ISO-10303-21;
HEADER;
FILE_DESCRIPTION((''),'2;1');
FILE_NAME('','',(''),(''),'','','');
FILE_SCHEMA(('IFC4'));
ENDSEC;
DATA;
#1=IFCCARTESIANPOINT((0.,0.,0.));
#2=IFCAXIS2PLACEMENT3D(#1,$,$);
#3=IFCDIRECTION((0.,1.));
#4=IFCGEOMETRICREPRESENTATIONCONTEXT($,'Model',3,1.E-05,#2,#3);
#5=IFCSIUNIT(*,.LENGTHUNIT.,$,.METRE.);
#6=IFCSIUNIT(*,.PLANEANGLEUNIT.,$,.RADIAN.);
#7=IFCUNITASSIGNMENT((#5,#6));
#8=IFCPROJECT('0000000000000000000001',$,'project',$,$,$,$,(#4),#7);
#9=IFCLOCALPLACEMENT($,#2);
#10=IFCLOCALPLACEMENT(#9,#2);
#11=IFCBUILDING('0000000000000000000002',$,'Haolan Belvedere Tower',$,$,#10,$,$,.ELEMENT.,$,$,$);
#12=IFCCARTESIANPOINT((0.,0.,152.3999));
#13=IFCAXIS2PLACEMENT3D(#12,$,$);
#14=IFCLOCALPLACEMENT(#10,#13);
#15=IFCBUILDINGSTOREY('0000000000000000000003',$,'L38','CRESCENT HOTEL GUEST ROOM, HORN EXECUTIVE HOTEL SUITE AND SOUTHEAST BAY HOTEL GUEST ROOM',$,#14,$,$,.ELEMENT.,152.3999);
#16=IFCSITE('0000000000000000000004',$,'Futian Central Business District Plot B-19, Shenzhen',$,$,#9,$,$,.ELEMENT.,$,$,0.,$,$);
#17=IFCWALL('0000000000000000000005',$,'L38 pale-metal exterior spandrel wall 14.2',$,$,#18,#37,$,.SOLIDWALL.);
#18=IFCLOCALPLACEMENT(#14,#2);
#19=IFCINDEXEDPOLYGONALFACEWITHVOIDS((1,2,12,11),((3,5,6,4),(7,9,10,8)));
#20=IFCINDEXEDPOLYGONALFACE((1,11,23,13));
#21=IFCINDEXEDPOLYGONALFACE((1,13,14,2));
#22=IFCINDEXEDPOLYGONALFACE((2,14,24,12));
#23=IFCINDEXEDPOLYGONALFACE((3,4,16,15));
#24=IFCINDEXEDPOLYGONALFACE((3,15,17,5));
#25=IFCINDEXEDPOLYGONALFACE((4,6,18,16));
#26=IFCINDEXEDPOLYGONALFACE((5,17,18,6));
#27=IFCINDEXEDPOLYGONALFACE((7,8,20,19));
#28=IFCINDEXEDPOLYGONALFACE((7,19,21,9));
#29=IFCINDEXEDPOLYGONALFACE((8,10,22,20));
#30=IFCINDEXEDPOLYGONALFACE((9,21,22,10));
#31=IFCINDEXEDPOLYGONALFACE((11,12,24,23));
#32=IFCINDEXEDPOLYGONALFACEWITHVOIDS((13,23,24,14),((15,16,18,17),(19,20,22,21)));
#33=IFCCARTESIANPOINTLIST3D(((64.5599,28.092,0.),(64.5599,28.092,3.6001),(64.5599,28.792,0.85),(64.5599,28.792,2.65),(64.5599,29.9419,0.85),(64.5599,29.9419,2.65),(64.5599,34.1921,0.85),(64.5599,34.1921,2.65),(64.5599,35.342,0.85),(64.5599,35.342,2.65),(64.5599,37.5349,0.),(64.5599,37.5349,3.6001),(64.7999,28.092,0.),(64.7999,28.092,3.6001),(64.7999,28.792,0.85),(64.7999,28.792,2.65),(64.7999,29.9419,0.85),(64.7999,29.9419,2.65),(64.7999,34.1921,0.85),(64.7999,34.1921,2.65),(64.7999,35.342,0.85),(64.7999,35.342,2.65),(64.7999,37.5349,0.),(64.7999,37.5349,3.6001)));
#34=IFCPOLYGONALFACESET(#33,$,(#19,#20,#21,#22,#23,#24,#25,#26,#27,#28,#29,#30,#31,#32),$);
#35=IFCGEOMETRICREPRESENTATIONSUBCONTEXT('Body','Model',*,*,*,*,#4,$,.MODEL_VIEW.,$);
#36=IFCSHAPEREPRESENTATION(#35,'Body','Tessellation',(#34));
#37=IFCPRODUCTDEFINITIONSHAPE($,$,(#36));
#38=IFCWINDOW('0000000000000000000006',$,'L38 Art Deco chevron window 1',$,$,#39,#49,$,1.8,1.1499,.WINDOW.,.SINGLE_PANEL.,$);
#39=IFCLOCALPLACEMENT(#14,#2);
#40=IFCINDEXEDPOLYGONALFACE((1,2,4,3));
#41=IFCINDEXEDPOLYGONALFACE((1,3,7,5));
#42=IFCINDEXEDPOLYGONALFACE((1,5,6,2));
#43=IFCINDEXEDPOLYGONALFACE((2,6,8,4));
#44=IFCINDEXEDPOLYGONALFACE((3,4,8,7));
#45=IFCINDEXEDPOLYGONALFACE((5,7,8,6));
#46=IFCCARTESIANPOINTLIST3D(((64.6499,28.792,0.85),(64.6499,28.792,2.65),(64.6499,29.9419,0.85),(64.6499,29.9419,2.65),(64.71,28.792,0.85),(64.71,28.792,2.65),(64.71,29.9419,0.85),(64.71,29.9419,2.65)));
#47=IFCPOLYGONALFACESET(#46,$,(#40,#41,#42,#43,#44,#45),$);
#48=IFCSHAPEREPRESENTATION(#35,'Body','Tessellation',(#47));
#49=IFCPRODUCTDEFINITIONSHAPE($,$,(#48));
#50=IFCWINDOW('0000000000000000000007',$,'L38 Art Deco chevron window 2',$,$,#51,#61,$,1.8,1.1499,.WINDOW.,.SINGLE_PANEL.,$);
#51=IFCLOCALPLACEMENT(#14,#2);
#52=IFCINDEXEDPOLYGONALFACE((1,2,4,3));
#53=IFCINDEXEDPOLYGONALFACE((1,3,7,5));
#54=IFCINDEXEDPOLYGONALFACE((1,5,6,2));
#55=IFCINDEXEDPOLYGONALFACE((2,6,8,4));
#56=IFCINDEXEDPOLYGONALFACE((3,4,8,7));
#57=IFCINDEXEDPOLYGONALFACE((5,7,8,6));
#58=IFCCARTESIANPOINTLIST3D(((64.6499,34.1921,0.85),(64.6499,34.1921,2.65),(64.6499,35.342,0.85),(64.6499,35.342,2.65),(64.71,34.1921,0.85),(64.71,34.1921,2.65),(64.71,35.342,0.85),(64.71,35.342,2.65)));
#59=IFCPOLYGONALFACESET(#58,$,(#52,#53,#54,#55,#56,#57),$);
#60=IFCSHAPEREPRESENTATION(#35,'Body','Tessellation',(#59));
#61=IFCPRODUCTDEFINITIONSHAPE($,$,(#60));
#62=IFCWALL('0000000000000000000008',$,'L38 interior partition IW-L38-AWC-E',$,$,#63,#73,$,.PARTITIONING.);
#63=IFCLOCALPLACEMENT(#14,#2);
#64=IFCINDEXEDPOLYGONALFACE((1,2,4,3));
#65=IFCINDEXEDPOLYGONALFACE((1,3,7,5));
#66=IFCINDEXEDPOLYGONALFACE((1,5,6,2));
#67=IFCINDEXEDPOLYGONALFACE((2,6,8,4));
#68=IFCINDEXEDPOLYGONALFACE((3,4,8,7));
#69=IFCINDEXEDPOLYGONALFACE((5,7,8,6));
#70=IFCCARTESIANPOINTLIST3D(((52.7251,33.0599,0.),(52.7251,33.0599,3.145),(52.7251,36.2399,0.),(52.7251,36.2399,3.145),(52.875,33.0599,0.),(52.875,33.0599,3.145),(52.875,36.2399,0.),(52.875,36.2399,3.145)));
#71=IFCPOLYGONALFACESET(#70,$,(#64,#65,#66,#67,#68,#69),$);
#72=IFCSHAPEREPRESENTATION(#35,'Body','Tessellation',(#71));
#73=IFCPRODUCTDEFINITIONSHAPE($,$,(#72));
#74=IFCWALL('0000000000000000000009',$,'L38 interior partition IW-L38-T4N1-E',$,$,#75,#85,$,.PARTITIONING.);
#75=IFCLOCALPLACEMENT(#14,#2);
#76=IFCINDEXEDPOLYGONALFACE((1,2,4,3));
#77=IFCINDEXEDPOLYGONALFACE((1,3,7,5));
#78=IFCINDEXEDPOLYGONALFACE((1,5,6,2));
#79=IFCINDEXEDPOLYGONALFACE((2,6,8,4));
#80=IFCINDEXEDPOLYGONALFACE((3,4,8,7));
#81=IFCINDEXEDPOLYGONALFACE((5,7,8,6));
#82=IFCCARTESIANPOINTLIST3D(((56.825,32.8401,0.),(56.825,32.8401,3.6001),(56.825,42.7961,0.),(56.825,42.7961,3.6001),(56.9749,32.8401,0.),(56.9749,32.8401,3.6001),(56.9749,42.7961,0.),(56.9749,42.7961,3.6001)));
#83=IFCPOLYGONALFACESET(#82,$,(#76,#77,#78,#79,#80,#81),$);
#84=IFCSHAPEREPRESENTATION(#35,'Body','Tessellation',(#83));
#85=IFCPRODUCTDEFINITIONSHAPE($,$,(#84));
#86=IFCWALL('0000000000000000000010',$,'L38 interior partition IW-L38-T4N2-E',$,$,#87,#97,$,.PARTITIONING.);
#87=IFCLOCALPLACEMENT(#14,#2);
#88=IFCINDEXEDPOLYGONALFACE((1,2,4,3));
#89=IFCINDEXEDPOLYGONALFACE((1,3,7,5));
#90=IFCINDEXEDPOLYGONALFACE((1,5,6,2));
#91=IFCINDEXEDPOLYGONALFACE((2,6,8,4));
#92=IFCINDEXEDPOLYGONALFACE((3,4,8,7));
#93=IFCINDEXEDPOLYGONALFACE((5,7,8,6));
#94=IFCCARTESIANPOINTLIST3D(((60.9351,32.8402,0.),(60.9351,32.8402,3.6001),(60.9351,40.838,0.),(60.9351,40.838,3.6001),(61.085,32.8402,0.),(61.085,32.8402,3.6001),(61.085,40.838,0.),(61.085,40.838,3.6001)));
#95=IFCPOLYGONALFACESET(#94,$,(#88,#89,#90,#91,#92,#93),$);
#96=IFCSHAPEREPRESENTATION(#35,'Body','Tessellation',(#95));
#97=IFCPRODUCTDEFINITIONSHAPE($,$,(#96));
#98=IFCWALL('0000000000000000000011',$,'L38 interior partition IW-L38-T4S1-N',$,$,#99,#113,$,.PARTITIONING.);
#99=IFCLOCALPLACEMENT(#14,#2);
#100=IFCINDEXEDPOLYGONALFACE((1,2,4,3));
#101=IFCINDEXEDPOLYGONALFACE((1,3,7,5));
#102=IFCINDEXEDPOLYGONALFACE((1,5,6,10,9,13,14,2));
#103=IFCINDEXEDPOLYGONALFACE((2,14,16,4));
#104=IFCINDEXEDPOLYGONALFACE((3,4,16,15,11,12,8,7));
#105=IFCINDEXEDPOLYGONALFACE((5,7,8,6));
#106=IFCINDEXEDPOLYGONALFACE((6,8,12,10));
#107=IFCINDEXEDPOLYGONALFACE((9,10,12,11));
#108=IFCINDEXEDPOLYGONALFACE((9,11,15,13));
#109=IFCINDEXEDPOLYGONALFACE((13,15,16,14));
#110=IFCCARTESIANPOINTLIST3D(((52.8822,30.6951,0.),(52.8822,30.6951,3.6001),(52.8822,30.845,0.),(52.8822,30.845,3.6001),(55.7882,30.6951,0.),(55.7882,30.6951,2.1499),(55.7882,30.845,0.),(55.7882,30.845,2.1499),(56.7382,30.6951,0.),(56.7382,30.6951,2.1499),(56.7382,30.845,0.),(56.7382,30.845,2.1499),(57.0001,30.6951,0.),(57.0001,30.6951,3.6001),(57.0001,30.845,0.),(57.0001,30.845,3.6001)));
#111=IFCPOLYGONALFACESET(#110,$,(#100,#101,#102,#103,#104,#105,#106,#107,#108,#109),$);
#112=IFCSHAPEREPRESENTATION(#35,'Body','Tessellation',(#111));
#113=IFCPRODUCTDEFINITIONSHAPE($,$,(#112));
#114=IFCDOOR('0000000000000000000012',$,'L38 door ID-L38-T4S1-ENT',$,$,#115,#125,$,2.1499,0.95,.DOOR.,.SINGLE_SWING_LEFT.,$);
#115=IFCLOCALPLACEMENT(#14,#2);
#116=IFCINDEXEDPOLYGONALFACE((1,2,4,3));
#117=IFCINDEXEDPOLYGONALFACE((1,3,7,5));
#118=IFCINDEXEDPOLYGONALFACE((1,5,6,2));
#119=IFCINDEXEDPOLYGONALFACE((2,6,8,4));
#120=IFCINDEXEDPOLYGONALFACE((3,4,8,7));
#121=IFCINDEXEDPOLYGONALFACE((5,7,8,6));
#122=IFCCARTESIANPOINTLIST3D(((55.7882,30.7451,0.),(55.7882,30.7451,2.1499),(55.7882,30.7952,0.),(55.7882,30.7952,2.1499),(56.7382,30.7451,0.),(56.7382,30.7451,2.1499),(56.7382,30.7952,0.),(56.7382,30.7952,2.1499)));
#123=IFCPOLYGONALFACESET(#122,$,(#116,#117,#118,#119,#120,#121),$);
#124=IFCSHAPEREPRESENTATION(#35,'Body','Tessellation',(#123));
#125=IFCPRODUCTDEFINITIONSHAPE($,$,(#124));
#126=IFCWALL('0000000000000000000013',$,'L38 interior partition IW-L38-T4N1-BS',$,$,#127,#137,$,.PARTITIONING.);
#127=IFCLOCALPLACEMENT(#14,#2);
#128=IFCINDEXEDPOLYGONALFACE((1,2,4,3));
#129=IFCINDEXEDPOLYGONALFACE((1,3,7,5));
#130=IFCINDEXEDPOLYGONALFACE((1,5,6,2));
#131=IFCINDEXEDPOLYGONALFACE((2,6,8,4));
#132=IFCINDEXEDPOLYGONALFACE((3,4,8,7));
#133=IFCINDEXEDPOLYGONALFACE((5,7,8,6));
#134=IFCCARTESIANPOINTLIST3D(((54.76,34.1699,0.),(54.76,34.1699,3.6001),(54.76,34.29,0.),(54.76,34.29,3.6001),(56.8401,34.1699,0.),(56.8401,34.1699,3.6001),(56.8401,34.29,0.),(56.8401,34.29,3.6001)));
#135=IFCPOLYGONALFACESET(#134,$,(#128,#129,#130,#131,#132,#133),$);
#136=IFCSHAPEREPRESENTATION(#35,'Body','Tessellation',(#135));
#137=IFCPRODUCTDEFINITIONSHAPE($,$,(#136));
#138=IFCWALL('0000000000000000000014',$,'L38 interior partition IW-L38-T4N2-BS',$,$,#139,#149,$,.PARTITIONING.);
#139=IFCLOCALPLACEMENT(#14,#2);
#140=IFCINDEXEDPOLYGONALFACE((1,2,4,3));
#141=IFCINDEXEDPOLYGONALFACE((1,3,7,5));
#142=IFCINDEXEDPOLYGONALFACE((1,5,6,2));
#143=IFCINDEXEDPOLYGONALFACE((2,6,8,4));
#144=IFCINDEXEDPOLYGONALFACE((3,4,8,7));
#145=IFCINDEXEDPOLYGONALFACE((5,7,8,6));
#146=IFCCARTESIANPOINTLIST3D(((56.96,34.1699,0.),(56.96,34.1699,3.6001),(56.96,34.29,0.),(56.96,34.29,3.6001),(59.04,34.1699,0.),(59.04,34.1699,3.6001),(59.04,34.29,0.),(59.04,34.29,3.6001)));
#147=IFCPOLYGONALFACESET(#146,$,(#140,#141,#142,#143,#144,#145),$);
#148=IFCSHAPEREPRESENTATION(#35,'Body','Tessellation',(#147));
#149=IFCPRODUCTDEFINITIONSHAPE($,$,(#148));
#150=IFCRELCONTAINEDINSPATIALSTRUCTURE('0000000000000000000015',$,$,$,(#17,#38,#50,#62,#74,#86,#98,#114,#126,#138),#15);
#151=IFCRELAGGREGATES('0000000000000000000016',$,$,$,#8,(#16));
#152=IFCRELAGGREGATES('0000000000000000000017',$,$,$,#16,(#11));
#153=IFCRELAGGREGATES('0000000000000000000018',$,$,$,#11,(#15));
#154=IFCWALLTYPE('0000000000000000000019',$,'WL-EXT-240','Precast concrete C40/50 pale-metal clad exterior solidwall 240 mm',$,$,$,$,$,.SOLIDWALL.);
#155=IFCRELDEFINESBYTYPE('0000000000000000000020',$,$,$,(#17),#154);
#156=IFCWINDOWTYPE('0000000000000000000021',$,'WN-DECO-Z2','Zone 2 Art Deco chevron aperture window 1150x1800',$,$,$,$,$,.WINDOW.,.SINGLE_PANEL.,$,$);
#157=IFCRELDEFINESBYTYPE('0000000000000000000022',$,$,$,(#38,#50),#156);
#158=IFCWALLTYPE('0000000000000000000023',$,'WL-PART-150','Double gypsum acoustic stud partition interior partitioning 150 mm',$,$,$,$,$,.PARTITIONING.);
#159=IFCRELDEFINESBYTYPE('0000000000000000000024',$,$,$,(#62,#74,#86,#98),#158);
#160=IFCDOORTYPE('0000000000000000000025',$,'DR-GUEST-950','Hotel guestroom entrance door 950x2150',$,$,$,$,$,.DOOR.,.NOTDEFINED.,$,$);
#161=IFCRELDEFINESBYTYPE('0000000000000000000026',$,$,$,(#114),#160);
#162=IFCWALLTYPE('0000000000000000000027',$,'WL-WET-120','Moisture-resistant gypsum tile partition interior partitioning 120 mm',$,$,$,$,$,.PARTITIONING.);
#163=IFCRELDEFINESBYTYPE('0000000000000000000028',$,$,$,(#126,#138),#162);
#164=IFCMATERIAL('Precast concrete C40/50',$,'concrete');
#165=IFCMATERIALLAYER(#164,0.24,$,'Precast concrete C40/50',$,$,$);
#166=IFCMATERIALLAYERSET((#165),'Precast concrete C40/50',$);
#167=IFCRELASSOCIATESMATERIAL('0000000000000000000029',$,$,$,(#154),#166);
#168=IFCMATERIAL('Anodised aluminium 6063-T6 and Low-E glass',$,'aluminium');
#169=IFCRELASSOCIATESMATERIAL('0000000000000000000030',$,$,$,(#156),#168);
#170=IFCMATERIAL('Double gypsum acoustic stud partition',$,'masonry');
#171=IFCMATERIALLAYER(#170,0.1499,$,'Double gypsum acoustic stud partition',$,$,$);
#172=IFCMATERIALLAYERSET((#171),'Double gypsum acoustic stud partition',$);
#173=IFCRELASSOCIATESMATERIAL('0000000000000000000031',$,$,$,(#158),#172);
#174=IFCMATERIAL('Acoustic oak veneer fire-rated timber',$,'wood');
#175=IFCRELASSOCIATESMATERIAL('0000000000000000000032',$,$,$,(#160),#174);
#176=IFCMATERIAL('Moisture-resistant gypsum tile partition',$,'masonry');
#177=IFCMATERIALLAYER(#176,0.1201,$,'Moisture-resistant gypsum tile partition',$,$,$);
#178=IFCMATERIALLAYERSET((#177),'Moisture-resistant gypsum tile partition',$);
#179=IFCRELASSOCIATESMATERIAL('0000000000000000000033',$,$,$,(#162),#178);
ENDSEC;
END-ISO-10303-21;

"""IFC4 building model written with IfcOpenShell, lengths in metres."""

from ifc_helpers import new_model, si_unit, direction, frame, frame_2d, origin, place, context, subcontext, project, spatial, rectangle, extrude, material, layer, layer_set, type_object, element, fill, save


model = new_model("IFC4")

# Units and contexts
model_context = context("Model", 3, precision=1e-05, world=origin(), true_north=direction((0.0, 1.0)))
body_context = subcontext(model_context, "Body", "Model", "MODEL_VIEW")
ifc_project = project(units=[si_unit("LENGTHUNIT", "METRE"), si_unit("PLANEANGLEUNIT", "RADIAN")], contexts=[model_context])

# Site, building, storey
site_placement = place(None, origin())
site = spatial("IfcSite", under=ifc_project, at=site_placement, Name="Futian Central Business District Plot B-19, Shenzhen", CompositionType="ELEMENT", RefElevation=0.0)
building_placement = place(site_placement, origin())
building = spatial("IfcBuilding", under=site, at=building_placement, Name="Haolan Belvedere Tower", CompositionType="ELEMENT")
storey_placement = place(building_placement, frame((0.0, 0.0, 152.3999)))
storey = spatial("IfcBuildingStorey", under=building, at=storey_placement, Name="L38", Description="CRESCENT HOTEL GUEST ROOM, HORN EXECUTIVE HOTEL SUITE AND SOUTHEAST BAY HOTEL GUEST ROOM", CompositionType="ELEMENT", Elevation=152.3999)

# Wall, openings, windows
ifc_material_1 = material(Name="Precast concrete C40/50", Category="concrete")
ifc_layer_1 = layer(ifc_material_1, 0.24, Name="Precast concrete C40/50")
ifc_layer_set_1 = layer_set([ifc_layer_1], Name="Precast concrete C40/50")
wall_type_1 = type_object("IfcWallType", Name="WL-EXT-240", Description="Precast concrete C40/50 pale-metal clad exterior solidwall 240 mm", PredefinedType="SOLIDWALL", material=ifc_layer_set_1)
wall_1_placement = place(storey_placement, frame((64.6799, 28.092, 0.0), z_axis=(0.0, 0.0, 1.0), x_axis=(0.0, 1.0, 0.0)))
wall_1 = element("IfcWall", 1, at=wall_1_placement, inside=storey, type_object=wall_type_1, Name="L38 pale-metal exterior spandrel wall 14.2", PredefinedType="SOLIDWALL", context=body_context, shape_type="SweptSolid", body=[
    extrude(rectangle(XDim=9.4429, YDim=0.24, at=frame_2d((4.7214, 0.0))), origin(), (0.0, 0.0, 1.0), 3.6001),
])
opening_1_placement = place(wall_1_placement, frame((0.7, 0.0, 0.8501)))
opening_1 = element("IfcOpeningElement", 2, at=opening_1_placement, cuts=wall_1, PredefinedType="OPENING", context=body_context, shape_type="SweptSolid", body=[
    extrude(rectangle(XDim=1.1499, YDim=1.8, at=frame_2d((0.575, 0.8999))), frame((0.0, 0.1299, 0.0), z_axis=(0.0, -1.0, 0.0), x_axis=(1.0, 0.0, 0.0)), (0.0, 0.0, 1.0), 0.26),
])
opening_2_placement = place(wall_1_placement, frame((6.1001, 0.0, 0.8501)))
opening_2 = element("IfcOpeningElement", 3, at=opening_2_placement, cuts=wall_1, PredefinedType="OPENING", context=body_context, shape_type="SweptSolid", body=[
    extrude(rectangle(XDim=1.1499, YDim=1.8, at=frame_2d((0.575, 0.8999))), frame((0.0, 0.1299, 0.0), z_axis=(0.0, -1.0, 0.0), x_axis=(1.0, 0.0, 0.0)), (0.0, 0.0, 1.0), 0.26),
])
ifc_material_2 = material(Name="Anodised aluminium 6063-T6 and Low-E glass", Category="aluminium")
window_type = type_object("IfcWindowType", Name="WN-DECO-Z2", Description="Zone 2 Art Deco chevron aperture window 1150x1800", PartitioningType="SINGLE_PANEL", PredefinedType="WINDOW", material=ifc_material_2)
window_1_placement = place(opening_1_placement, origin())
window_1 = element("IfcWindow", 4, at=window_1_placement, inside=storey, type_object=window_type, Name="L38 Art Deco chevron window 1", OverallHeight=1.8, OverallWidth=1.1499, PartitioningType="SINGLE_PANEL", PredefinedType="WINDOW", context=body_context, shape_type="SweptSolid", body=[
    extrude(rectangle(XDim=1.1499, YDim=1.8, at=frame_2d((0.575, 0.8999))), frame((0.0, 0.03, 0.0), z_axis=(0.0, -1.0, 0.0), x_axis=(1.0, 0.0, 0.0)), (0.0, 0.0, 1.0), 0.0601),
])
fill(opening_1, window_1)
window_2_placement = place(opening_2_placement, origin())
window_2 = element("IfcWindow", 5, at=window_2_placement, inside=storey, type_object=window_type, Name="L38 Art Deco chevron window 2", OverallHeight=1.8, OverallWidth=1.1499, PartitioningType="SINGLE_PANEL", PredefinedType="WINDOW", context=body_context, shape_type="SweptSolid", body=[
    extrude(rectangle(XDim=1.1499, YDim=1.8, at=frame_2d((0.575, 0.8999))), frame((0.0, 0.03, 0.0), z_axis=(0.0, -1.0, 0.0), x_axis=(1.0, 0.0, 0.0)), (0.0, 0.0, 1.0), 0.0601),
])
fill(opening_2, window_2)

# Walls
ifc_material_3 = material(Name="Double gypsum acoustic stud partition", Category="masonry")
ifc_layer_2 = layer(ifc_material_3, 0.1499, Name="Double gypsum acoustic stud partition")
ifc_layer_set_2 = layer_set([ifc_layer_2], Name="Double gypsum acoustic stud partition")
wall_type_2 = type_object("IfcWallType", Name="WL-PART-150", Description="Double gypsum acoustic stud partition interior partitioning 150 mm", PredefinedType="PARTITIONING", material=ifc_layer_set_2)
wall_2_placement = place(storey_placement, frame((52.8, 33.0601, 0.0), z_axis=(0.0, 0.0, 1.0), x_axis=(0.0, 1.0, 0.0)))
element("IfcWall", 6, at=wall_2_placement, inside=storey, type_object=wall_type_2, Name="L38 interior partition IW-L38-AWC-E", PredefinedType="PARTITIONING", context=body_context, shape_type="SweptSolid", body=[
    extrude(rectangle(XDim=3.1799, YDim=0.1499, at=frame_2d((1.5898, 0.0))), origin(), (0.0, 0.0, 1.0), 3.145),
])
wall_3_placement = place(storey_placement, frame((56.8999, 32.8401, 0.0), z_axis=(0.0, 0.0, 1.0), x_axis=(0.0, 1.0, 0.0)))
element("IfcWall", 7, at=wall_3_placement, inside=storey, type_object=wall_type_2, Name="L38 interior partition IW-L38-T4N1-E", PredefinedType="PARTITIONING", context=body_context, shape_type="SweptSolid", body=[
    extrude(rectangle(XDim=9.9561, YDim=0.1499, at=frame_2d((4.978, 0.0))), origin(), (0.0, 0.0, 1.0), 3.6001),
])

# Shared definitions
ifc_material_4 = material(Name="Acoustic oak veneer fire-rated timber", Category="wood")
door_type_1 = type_object("IfcDoorType", Name="DR-GUEST-950", Description="Hotel guestroom entrance door 950x2150", OperationType="NOTDEFINED", PredefinedType="DOOR", material=ifc_material_4)

# Wall
wall_4_placement = place(storey_placement, frame((61.01, 32.8401, 0.0), z_axis=(0.0, 0.0, 1.0), x_axis=(0.0, 1.0, 0.0)))
element("IfcWall", 8, at=wall_4_placement, inside=storey, type_object=wall_type_2, Name="L38 interior partition IW-L38-T4N2-E", PredefinedType="PARTITIONING", context=body_context, shape_type="SweptSolid", body=[
    extrude(rectangle(XDim=7.9978, YDim=0.1499, at=frame_2d((3.999, 0.0))), origin(), (0.0, 0.0, 1.0), 3.6001),
])

# Wall, opening, door
wall_5_placement = place(storey_placement, frame((52.8821, 30.77, 0.0), z_axis=(0.0, 0.0, 1.0), x_axis=(1.0, 0.0, 0.0)))
wall_5 = element("IfcWall", 9, at=wall_5_placement, inside=storey, type_object=wall_type_2, Name="L38 interior partition IW-L38-T4S1-N", PredefinedType="PARTITIONING", context=body_context, shape_type="SweptSolid", body=[
    extrude(rectangle(XDim=4.1179, YDim=0.1499, at=frame_2d((2.0591, 0.0))), origin(), (0.0, 0.0, 1.0), 3.6001),
])
opening_3_placement = place(wall_5_placement, frame((3.8562, 0.0, 0.0), z_axis=(0.0, 0.0, 1.0), x_axis=(-1.0, 0.0, 0.0)))
opening_3 = element("IfcOpeningElement", 10, at=opening_3_placement, cuts=wall_5, PredefinedType="OPENING", context=body_context, shape_type="SweptSolid", body=[
    extrude(rectangle(XDim=0.95, YDim=2.1499, at=frame_2d((0.4751, 1.075))), frame((0.0, 0.085, 0.0), z_axis=(0.0, -1.0, 0.0), x_axis=(1.0, 0.0, 0.0)), (0.0, 0.0, 1.0), 0.1699),
])
door_1_placement = place(opening_3_placement, origin())
door_1 = element("IfcDoor", 11, at=door_1_placement, inside=storey, type_object=door_type_1, Name="L38 door ID-L38-T4S1-ENT", OperationType="SINGLE_SWING_LEFT", OverallHeight=2.1499, OverallWidth=0.95, PredefinedType="DOOR", context=body_context, shape_type="SweptSolid", body=[
    extrude(rectangle(XDim=0.95, YDim=2.1499, at=frame_2d((0.4751, 1.075))), frame((0.0, 0.0249, 0.0), z_axis=(0.0, -1.0, 0.0), x_axis=(1.0, 0.0, 0.0)), (0.0, 0.0, 1.0), 0.05),
])
fill(opening_3, door_1)

# Walls
ifc_material_5 = material(Name="Moisture-resistant gypsum tile partition", Category="masonry")
ifc_layer_3 = layer(ifc_material_5, 0.1201, Name="Moisture-resistant gypsum tile partition")
ifc_layer_set_3 = layer_set([ifc_layer_3], Name="Moisture-resistant gypsum tile partition")
wall_type_3 = type_object("IfcWallType", Name="WL-WET-120", Description="Moisture-resistant gypsum tile partition interior partitioning 120 mm", PredefinedType="PARTITIONING", material=ifc_layer_set_3)
for number, where, z_axis, x_axis, name in (
    (12, (54.76, 34.23, 0.0), (0.0, 0.0, 1.0), (1.0, 0.0, 0.0), "L38 interior partition IW-L38-T4N1-BS"),
    (13, (56.96, 34.23, 0.0), (0.0, 0.0, 1.0), (1.0, 0.0, 0.0), "L38 interior partition IW-L38-T4N2-BS"),
):
    element("IfcWall", number, at=place(storey_placement, frame(where, z_axis=z_axis, x_axis=x_axis)), inside=storey, type_object=wall_type_3, Name=name, PredefinedType="PARTITIONING", context=body_context, shape_type="SweptSolid", body=[
        extrude(rectangle(XDim=2.0801, YDim=0.1201, at=frame_2d((1.04, 0.0))), origin(), (0.0, 0.0, 1.0), 3.6001),
    ])

save(model, "model.ifc")
